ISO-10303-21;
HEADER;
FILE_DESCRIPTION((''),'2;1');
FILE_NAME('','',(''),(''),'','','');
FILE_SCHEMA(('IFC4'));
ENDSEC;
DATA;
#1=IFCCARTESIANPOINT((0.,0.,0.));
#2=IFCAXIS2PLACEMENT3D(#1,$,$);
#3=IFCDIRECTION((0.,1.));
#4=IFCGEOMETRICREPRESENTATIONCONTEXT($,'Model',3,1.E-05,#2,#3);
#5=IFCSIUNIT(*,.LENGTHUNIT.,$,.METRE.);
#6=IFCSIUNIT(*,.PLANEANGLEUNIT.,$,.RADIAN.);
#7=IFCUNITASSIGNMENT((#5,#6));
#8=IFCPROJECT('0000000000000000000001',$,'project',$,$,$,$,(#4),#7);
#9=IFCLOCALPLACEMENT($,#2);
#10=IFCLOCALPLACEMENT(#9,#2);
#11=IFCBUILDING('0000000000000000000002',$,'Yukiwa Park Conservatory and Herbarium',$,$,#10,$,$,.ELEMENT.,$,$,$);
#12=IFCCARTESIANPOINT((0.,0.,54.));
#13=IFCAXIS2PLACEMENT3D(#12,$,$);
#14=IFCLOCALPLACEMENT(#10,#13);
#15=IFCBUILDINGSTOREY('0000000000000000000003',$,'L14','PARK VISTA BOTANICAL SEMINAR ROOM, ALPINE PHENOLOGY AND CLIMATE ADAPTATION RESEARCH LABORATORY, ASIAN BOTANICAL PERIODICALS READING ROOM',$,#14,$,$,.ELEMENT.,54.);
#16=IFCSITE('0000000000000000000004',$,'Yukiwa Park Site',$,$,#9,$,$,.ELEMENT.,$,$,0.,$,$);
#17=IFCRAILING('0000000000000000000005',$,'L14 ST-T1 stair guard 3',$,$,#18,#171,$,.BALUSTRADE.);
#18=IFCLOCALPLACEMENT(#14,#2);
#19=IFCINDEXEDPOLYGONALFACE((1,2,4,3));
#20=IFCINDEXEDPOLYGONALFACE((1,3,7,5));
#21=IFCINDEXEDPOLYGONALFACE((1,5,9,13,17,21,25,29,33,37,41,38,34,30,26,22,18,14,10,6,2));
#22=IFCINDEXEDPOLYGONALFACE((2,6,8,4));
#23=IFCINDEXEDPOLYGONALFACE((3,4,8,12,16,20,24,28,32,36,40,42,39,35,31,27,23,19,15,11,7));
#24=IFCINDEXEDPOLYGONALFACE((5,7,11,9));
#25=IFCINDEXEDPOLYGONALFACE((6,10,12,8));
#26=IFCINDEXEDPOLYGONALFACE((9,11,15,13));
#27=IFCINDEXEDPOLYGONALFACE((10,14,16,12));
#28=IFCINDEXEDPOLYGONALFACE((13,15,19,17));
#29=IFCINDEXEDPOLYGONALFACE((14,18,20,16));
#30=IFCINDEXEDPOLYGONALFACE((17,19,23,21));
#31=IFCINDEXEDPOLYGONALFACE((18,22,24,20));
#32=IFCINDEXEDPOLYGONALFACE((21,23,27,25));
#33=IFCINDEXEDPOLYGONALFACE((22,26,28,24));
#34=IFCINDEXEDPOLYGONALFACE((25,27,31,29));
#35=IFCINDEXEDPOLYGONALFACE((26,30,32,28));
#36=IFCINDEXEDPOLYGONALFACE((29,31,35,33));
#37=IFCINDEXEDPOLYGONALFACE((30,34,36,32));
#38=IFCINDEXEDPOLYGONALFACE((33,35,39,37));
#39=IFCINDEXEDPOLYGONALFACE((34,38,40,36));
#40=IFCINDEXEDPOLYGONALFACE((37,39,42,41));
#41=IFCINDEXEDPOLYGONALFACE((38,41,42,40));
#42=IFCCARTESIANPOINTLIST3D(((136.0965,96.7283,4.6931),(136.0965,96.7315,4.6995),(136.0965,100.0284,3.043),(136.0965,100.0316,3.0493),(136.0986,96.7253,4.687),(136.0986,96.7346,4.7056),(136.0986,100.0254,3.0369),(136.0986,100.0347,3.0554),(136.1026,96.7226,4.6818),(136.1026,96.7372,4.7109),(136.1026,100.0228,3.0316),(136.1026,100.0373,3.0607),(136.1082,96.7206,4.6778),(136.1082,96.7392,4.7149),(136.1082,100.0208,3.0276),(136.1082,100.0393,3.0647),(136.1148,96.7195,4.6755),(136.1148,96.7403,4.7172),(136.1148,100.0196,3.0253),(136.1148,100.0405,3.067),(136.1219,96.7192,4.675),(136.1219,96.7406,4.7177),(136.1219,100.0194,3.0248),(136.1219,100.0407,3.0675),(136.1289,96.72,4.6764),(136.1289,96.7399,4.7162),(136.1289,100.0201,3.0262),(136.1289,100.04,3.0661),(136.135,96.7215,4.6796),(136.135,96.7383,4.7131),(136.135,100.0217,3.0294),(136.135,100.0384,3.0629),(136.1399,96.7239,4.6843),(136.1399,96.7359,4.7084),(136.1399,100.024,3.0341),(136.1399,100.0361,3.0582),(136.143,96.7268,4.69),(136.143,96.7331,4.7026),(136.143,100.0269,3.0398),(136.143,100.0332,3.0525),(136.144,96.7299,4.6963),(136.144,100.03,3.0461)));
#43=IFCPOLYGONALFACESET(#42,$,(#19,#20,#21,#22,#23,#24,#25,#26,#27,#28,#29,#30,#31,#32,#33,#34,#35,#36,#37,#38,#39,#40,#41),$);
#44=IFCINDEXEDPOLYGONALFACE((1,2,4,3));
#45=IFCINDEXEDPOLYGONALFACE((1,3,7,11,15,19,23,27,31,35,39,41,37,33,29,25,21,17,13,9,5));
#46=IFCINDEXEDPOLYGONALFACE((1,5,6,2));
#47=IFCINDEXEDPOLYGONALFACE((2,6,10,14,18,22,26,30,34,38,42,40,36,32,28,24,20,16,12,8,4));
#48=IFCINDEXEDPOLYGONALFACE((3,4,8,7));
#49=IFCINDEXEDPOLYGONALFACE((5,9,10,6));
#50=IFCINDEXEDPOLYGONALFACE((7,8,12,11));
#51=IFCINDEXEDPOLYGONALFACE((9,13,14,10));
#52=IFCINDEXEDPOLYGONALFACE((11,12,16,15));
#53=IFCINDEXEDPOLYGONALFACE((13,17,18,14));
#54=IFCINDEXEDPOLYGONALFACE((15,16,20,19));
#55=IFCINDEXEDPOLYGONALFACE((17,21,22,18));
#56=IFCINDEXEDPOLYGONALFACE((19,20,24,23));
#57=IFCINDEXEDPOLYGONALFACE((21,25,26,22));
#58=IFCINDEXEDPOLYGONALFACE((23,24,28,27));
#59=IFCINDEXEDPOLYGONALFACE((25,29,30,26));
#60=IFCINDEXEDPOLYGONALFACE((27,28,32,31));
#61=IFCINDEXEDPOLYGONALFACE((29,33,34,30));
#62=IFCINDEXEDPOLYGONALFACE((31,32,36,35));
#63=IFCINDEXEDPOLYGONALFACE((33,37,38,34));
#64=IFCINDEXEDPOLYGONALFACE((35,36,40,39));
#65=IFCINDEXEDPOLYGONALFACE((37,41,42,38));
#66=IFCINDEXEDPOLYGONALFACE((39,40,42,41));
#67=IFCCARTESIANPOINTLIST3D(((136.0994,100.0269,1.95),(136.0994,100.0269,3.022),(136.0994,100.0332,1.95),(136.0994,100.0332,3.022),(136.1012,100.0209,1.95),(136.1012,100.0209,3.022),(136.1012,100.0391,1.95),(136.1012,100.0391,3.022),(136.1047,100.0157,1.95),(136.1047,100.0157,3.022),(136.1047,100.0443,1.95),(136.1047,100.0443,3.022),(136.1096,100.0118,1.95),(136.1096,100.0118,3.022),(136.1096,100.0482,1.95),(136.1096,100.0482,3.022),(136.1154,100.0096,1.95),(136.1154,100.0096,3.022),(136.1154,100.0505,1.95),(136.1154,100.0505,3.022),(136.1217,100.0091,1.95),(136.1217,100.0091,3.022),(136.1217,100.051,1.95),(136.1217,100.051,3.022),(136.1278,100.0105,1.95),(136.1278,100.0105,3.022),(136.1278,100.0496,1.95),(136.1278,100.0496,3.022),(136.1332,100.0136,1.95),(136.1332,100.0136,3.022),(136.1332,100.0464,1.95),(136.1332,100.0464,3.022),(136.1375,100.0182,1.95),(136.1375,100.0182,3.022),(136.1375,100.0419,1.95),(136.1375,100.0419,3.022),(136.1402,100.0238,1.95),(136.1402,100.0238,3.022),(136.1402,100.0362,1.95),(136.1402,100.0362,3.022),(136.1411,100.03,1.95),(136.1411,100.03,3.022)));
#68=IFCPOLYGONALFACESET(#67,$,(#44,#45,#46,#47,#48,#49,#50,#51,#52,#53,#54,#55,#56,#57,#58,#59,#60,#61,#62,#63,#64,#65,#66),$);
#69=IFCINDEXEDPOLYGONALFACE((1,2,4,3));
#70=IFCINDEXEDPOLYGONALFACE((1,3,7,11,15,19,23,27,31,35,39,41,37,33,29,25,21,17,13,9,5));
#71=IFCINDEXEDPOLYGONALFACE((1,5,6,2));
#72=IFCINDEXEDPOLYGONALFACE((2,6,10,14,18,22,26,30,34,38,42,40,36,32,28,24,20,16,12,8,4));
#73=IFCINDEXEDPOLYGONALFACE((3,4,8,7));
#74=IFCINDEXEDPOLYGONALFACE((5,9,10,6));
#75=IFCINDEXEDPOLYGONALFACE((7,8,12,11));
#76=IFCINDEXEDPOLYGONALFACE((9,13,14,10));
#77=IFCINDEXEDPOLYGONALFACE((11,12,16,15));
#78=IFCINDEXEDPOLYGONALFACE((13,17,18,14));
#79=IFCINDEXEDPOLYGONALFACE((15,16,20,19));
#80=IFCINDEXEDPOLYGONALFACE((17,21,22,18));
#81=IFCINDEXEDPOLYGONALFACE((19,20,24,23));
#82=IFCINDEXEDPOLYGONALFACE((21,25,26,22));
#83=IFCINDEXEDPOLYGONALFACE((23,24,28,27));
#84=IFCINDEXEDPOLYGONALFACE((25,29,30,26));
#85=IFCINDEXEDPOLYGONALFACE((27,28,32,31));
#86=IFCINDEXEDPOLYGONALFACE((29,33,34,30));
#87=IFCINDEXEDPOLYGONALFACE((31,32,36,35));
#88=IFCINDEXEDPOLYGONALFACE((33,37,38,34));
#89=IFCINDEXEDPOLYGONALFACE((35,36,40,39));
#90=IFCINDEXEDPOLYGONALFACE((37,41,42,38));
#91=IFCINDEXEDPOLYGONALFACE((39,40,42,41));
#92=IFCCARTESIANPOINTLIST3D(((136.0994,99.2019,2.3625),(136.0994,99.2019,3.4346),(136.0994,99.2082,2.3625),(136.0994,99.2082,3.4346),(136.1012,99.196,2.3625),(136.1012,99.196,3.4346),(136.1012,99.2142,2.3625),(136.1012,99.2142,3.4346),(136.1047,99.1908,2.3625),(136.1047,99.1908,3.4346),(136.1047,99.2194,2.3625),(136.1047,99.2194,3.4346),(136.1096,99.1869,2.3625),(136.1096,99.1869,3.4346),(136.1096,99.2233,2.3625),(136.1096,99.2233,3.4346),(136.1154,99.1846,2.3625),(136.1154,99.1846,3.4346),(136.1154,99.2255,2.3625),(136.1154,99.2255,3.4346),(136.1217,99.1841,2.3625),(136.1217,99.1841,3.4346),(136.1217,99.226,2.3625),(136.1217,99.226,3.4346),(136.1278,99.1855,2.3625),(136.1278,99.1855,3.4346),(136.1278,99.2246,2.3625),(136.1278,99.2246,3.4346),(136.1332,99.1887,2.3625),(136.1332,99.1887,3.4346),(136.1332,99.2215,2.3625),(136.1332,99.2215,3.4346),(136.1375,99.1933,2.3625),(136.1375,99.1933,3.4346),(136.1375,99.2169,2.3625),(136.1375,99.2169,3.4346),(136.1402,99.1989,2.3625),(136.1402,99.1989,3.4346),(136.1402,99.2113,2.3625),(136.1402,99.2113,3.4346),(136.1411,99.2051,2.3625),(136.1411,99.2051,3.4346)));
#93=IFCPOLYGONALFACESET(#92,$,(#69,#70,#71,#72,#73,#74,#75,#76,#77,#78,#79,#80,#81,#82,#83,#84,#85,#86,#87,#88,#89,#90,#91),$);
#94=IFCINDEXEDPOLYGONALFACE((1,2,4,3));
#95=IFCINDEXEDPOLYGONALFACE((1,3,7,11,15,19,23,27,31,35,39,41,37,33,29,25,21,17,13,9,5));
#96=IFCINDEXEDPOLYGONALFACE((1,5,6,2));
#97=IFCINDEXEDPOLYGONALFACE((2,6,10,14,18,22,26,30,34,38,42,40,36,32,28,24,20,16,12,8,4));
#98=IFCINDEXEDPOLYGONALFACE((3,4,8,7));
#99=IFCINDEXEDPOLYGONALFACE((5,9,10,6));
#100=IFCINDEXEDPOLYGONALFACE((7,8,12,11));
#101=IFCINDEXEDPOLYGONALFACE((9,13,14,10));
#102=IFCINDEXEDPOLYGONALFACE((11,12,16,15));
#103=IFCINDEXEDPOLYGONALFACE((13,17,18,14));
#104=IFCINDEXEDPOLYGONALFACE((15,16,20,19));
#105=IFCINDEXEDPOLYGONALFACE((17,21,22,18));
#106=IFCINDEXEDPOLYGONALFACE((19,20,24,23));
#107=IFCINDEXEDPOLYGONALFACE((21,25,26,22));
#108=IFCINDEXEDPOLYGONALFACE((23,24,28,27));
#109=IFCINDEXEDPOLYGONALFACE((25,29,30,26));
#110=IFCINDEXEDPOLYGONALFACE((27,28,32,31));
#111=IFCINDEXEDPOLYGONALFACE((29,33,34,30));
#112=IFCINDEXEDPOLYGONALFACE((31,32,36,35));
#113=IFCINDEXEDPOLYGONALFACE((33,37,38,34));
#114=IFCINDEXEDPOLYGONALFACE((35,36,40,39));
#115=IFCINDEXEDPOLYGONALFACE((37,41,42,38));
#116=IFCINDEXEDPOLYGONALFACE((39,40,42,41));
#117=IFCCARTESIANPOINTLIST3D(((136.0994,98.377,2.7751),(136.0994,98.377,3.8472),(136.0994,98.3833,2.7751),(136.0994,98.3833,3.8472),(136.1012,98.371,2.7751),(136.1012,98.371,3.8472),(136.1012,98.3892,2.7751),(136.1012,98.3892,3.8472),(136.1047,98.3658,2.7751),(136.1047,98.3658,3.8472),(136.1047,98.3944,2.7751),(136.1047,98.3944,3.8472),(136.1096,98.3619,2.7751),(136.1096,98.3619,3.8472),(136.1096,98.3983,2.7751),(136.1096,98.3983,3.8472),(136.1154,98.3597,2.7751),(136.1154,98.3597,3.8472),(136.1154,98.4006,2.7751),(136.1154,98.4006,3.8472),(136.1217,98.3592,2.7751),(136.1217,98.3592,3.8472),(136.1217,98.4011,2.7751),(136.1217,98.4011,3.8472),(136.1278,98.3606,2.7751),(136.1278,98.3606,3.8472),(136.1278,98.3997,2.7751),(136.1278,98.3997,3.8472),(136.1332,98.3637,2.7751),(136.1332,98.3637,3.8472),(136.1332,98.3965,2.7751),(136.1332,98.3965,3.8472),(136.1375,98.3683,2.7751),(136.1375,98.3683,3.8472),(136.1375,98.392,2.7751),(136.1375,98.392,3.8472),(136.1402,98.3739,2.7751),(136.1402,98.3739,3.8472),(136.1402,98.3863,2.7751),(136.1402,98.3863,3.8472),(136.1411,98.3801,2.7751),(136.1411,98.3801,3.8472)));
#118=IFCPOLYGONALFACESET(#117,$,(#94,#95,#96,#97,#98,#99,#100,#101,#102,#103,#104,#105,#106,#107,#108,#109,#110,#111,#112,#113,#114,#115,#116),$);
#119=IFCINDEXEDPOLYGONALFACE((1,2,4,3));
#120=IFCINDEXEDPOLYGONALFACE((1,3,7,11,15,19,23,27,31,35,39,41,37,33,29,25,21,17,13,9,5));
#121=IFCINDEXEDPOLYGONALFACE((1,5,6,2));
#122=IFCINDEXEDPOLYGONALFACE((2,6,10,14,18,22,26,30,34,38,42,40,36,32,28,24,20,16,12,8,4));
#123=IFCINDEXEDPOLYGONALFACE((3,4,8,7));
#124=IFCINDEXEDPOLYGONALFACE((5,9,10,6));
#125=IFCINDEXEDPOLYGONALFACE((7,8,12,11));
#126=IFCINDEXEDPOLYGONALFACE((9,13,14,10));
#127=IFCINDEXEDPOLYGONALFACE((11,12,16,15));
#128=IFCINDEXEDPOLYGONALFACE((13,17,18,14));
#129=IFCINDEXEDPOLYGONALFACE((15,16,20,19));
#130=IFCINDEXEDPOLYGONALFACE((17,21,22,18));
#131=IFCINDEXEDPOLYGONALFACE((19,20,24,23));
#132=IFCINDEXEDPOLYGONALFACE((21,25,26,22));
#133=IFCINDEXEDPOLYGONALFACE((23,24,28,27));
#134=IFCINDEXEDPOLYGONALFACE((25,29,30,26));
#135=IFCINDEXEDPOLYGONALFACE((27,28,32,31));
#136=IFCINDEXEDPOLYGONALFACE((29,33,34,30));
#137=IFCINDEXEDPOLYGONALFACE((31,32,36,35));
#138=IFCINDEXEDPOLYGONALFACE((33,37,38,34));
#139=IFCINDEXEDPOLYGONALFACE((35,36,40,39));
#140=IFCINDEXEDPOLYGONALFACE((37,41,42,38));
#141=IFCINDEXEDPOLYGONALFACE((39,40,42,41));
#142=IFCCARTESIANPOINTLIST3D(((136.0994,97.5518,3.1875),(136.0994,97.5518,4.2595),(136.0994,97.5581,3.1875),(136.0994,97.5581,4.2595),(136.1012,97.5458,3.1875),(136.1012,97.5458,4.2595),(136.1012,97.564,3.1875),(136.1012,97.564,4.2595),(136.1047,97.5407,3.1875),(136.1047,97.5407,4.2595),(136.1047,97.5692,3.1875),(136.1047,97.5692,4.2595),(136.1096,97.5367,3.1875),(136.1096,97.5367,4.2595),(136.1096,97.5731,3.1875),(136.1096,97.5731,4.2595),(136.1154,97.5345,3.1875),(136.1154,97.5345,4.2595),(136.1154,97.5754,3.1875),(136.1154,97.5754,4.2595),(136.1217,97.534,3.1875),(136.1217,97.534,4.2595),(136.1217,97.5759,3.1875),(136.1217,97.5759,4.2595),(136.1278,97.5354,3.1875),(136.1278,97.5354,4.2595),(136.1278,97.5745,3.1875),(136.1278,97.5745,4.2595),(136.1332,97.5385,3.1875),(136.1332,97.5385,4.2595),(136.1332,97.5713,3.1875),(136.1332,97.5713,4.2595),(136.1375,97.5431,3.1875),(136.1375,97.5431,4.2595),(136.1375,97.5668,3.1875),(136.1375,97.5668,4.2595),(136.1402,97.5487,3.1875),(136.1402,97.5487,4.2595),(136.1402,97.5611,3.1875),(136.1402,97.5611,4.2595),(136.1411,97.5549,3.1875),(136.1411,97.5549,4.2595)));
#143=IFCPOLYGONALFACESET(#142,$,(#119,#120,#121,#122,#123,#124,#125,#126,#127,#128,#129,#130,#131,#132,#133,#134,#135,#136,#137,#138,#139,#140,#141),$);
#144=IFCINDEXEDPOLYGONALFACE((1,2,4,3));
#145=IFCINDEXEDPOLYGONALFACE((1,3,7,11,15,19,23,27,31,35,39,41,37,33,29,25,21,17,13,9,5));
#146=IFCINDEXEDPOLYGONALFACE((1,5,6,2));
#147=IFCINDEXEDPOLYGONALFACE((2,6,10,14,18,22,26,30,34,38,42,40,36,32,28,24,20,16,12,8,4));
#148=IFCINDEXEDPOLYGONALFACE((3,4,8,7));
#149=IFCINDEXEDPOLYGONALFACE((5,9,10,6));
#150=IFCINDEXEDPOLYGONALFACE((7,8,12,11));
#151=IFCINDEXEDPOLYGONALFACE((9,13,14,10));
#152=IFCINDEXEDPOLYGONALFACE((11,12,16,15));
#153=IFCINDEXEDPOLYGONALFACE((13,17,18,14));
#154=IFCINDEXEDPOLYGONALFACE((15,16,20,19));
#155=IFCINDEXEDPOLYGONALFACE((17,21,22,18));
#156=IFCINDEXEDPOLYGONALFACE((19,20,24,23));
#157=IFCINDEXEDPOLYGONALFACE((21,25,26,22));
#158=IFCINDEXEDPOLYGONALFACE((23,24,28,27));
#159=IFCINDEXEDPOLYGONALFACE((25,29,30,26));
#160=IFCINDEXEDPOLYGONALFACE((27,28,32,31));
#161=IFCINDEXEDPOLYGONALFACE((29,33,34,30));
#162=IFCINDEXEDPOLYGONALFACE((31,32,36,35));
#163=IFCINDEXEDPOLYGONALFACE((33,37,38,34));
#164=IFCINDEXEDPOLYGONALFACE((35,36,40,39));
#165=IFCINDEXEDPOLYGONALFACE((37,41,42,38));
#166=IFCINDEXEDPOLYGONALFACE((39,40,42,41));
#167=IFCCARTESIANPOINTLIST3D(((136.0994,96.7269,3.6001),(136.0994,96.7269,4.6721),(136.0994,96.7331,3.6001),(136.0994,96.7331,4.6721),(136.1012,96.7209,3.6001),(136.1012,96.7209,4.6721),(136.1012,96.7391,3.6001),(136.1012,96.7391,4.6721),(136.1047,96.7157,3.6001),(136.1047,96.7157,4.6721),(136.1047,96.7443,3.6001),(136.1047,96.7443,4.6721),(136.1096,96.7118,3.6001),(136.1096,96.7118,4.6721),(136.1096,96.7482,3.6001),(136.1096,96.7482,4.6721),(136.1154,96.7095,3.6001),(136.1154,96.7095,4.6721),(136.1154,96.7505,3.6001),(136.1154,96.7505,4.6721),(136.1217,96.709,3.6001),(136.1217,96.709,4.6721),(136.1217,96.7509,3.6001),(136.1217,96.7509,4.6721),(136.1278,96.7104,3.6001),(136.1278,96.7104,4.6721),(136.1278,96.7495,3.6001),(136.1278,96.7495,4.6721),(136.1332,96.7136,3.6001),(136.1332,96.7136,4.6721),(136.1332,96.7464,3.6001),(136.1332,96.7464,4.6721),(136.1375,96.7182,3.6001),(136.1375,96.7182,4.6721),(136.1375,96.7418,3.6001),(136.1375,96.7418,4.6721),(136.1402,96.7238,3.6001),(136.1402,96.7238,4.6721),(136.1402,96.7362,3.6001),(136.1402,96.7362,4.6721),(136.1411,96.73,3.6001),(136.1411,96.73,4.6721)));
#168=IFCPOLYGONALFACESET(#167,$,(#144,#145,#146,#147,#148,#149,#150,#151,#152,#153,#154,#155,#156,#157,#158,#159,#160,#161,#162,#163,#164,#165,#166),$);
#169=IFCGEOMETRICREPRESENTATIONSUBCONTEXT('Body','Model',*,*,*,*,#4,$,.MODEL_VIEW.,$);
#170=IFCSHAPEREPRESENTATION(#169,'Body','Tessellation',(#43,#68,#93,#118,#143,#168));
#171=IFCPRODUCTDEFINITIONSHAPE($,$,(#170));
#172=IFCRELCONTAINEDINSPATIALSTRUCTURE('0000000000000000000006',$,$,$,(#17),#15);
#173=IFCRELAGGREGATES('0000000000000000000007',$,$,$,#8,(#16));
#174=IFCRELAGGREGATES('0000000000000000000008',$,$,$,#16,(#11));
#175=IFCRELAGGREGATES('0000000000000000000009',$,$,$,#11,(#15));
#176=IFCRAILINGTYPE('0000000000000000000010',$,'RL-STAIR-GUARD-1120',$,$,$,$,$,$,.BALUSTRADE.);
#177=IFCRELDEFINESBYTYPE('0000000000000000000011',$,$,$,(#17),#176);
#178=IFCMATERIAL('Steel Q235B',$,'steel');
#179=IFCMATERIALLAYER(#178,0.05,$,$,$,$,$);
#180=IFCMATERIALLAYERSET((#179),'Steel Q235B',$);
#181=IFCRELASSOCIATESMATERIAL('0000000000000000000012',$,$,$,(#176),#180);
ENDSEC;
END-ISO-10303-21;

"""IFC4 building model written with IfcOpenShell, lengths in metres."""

from ifc_helpers import new_model, si_unit, direction, frame, origin, origin_2d, place, context, subcontext, project, spatial, circle, extrude, material, layer, layer_set, type_object, element, save


model = new_model("IFC4")

# Units and contexts
model_context = context("Model", 3, precision=1e-05, world=origin(), true_north=direction((0.0, 1.0)))
body_context = subcontext(model_context, "Body", "Model", "MODEL_VIEW")
ifc_project = project(units=[si_unit("LENGTHUNIT", "METRE"), si_unit("PLANEANGLEUNIT", "RADIAN")], contexts=[model_context])

# Site, building, storey
site_placement = place(None, origin())
site = spatial("IfcSite", under=ifc_project, at=site_placement, Name="Yukiwa Park Site", CompositionType="ELEMENT", RefElevation=0.0)
building_placement = place(site_placement, origin())
building = spatial("IfcBuilding", under=site, at=building_placement, Name="Yukiwa Park Conservatory and Herbarium", CompositionType="ELEMENT")
storey_placement = place(building_placement, frame((0.0, 0.0, 54.0)))
storey = spatial("IfcBuildingStorey", under=building, at=storey_placement, Name="L14", Description="PARK VISTA BOTANICAL SEMINAR ROOM, ALPINE PHENOLOGY AND CLIMATE ADAPTATION RESEARCH LABORATORY, ASIAN BOTANICAL PERIODICALS READING ROOM", CompositionType="ELEMENT", Elevation=54.0)

# Railing
ifc_material_1 = material(Name="Steel Q235B", Category="steel")
ifc_layer_1 = layer(ifc_material_1, 0.05)
ifc_layer_set_1 = layer_set([ifc_layer_1], Name="Steel Q235B")
railing_type_1 = type_object("IfcRailingType", Name="RL-STAIR-GUARD-1120", PredefinedType="BALUSTRADE", material=ifc_layer_set_1)
railing_1_placement = place(storey_placement, frame((136.1201, 100.03, 1.95)))
element("IfcRailing", 1, at=railing_1_placement, inside=storey, type_object=railing_type_1, Name="L14 ST-T1 stair guard 3", PredefinedType="BALUSTRADE", context=body_context, shape_type="SweptSolid", body=[
    extrude(circle(Radius=0.0239, at=origin_2d()), frame((0.0, 0.0, 1.0962), z_axis=(0.0, -0.894414, 0.44724), x_axis=(1.0, 0.0, 0.0)), (0.0, 0.0, 1.0), 3.6897),
    extrude(circle(Radius=0.021, at=origin_2d()), origin(), (0.0, 0.0, 1.0), 1.072),
    extrude(circle(Radius=0.021, at=origin_2d()), frame((0.0, -0.825, 0.4126)), (0.0, 0.0, 1.0), 1.072),
    extrude(circle(Radius=0.021, at=origin_2d()), frame((0.0, -1.6499, 0.8252)), (0.0, 0.0, 1.0), 1.072),
    extrude(circle(Radius=0.021, at=origin_2d()), frame((0.0, -2.4751, 1.2375)), (0.0, 0.0, 1.0), 1.072),
    extrude(circle(Radius=0.021, at=origin_2d()), frame((0.0, -3.3, 1.6501)), (0.0, 0.0, 1.0), 1.072),
])

save(model, "model.ifc")
